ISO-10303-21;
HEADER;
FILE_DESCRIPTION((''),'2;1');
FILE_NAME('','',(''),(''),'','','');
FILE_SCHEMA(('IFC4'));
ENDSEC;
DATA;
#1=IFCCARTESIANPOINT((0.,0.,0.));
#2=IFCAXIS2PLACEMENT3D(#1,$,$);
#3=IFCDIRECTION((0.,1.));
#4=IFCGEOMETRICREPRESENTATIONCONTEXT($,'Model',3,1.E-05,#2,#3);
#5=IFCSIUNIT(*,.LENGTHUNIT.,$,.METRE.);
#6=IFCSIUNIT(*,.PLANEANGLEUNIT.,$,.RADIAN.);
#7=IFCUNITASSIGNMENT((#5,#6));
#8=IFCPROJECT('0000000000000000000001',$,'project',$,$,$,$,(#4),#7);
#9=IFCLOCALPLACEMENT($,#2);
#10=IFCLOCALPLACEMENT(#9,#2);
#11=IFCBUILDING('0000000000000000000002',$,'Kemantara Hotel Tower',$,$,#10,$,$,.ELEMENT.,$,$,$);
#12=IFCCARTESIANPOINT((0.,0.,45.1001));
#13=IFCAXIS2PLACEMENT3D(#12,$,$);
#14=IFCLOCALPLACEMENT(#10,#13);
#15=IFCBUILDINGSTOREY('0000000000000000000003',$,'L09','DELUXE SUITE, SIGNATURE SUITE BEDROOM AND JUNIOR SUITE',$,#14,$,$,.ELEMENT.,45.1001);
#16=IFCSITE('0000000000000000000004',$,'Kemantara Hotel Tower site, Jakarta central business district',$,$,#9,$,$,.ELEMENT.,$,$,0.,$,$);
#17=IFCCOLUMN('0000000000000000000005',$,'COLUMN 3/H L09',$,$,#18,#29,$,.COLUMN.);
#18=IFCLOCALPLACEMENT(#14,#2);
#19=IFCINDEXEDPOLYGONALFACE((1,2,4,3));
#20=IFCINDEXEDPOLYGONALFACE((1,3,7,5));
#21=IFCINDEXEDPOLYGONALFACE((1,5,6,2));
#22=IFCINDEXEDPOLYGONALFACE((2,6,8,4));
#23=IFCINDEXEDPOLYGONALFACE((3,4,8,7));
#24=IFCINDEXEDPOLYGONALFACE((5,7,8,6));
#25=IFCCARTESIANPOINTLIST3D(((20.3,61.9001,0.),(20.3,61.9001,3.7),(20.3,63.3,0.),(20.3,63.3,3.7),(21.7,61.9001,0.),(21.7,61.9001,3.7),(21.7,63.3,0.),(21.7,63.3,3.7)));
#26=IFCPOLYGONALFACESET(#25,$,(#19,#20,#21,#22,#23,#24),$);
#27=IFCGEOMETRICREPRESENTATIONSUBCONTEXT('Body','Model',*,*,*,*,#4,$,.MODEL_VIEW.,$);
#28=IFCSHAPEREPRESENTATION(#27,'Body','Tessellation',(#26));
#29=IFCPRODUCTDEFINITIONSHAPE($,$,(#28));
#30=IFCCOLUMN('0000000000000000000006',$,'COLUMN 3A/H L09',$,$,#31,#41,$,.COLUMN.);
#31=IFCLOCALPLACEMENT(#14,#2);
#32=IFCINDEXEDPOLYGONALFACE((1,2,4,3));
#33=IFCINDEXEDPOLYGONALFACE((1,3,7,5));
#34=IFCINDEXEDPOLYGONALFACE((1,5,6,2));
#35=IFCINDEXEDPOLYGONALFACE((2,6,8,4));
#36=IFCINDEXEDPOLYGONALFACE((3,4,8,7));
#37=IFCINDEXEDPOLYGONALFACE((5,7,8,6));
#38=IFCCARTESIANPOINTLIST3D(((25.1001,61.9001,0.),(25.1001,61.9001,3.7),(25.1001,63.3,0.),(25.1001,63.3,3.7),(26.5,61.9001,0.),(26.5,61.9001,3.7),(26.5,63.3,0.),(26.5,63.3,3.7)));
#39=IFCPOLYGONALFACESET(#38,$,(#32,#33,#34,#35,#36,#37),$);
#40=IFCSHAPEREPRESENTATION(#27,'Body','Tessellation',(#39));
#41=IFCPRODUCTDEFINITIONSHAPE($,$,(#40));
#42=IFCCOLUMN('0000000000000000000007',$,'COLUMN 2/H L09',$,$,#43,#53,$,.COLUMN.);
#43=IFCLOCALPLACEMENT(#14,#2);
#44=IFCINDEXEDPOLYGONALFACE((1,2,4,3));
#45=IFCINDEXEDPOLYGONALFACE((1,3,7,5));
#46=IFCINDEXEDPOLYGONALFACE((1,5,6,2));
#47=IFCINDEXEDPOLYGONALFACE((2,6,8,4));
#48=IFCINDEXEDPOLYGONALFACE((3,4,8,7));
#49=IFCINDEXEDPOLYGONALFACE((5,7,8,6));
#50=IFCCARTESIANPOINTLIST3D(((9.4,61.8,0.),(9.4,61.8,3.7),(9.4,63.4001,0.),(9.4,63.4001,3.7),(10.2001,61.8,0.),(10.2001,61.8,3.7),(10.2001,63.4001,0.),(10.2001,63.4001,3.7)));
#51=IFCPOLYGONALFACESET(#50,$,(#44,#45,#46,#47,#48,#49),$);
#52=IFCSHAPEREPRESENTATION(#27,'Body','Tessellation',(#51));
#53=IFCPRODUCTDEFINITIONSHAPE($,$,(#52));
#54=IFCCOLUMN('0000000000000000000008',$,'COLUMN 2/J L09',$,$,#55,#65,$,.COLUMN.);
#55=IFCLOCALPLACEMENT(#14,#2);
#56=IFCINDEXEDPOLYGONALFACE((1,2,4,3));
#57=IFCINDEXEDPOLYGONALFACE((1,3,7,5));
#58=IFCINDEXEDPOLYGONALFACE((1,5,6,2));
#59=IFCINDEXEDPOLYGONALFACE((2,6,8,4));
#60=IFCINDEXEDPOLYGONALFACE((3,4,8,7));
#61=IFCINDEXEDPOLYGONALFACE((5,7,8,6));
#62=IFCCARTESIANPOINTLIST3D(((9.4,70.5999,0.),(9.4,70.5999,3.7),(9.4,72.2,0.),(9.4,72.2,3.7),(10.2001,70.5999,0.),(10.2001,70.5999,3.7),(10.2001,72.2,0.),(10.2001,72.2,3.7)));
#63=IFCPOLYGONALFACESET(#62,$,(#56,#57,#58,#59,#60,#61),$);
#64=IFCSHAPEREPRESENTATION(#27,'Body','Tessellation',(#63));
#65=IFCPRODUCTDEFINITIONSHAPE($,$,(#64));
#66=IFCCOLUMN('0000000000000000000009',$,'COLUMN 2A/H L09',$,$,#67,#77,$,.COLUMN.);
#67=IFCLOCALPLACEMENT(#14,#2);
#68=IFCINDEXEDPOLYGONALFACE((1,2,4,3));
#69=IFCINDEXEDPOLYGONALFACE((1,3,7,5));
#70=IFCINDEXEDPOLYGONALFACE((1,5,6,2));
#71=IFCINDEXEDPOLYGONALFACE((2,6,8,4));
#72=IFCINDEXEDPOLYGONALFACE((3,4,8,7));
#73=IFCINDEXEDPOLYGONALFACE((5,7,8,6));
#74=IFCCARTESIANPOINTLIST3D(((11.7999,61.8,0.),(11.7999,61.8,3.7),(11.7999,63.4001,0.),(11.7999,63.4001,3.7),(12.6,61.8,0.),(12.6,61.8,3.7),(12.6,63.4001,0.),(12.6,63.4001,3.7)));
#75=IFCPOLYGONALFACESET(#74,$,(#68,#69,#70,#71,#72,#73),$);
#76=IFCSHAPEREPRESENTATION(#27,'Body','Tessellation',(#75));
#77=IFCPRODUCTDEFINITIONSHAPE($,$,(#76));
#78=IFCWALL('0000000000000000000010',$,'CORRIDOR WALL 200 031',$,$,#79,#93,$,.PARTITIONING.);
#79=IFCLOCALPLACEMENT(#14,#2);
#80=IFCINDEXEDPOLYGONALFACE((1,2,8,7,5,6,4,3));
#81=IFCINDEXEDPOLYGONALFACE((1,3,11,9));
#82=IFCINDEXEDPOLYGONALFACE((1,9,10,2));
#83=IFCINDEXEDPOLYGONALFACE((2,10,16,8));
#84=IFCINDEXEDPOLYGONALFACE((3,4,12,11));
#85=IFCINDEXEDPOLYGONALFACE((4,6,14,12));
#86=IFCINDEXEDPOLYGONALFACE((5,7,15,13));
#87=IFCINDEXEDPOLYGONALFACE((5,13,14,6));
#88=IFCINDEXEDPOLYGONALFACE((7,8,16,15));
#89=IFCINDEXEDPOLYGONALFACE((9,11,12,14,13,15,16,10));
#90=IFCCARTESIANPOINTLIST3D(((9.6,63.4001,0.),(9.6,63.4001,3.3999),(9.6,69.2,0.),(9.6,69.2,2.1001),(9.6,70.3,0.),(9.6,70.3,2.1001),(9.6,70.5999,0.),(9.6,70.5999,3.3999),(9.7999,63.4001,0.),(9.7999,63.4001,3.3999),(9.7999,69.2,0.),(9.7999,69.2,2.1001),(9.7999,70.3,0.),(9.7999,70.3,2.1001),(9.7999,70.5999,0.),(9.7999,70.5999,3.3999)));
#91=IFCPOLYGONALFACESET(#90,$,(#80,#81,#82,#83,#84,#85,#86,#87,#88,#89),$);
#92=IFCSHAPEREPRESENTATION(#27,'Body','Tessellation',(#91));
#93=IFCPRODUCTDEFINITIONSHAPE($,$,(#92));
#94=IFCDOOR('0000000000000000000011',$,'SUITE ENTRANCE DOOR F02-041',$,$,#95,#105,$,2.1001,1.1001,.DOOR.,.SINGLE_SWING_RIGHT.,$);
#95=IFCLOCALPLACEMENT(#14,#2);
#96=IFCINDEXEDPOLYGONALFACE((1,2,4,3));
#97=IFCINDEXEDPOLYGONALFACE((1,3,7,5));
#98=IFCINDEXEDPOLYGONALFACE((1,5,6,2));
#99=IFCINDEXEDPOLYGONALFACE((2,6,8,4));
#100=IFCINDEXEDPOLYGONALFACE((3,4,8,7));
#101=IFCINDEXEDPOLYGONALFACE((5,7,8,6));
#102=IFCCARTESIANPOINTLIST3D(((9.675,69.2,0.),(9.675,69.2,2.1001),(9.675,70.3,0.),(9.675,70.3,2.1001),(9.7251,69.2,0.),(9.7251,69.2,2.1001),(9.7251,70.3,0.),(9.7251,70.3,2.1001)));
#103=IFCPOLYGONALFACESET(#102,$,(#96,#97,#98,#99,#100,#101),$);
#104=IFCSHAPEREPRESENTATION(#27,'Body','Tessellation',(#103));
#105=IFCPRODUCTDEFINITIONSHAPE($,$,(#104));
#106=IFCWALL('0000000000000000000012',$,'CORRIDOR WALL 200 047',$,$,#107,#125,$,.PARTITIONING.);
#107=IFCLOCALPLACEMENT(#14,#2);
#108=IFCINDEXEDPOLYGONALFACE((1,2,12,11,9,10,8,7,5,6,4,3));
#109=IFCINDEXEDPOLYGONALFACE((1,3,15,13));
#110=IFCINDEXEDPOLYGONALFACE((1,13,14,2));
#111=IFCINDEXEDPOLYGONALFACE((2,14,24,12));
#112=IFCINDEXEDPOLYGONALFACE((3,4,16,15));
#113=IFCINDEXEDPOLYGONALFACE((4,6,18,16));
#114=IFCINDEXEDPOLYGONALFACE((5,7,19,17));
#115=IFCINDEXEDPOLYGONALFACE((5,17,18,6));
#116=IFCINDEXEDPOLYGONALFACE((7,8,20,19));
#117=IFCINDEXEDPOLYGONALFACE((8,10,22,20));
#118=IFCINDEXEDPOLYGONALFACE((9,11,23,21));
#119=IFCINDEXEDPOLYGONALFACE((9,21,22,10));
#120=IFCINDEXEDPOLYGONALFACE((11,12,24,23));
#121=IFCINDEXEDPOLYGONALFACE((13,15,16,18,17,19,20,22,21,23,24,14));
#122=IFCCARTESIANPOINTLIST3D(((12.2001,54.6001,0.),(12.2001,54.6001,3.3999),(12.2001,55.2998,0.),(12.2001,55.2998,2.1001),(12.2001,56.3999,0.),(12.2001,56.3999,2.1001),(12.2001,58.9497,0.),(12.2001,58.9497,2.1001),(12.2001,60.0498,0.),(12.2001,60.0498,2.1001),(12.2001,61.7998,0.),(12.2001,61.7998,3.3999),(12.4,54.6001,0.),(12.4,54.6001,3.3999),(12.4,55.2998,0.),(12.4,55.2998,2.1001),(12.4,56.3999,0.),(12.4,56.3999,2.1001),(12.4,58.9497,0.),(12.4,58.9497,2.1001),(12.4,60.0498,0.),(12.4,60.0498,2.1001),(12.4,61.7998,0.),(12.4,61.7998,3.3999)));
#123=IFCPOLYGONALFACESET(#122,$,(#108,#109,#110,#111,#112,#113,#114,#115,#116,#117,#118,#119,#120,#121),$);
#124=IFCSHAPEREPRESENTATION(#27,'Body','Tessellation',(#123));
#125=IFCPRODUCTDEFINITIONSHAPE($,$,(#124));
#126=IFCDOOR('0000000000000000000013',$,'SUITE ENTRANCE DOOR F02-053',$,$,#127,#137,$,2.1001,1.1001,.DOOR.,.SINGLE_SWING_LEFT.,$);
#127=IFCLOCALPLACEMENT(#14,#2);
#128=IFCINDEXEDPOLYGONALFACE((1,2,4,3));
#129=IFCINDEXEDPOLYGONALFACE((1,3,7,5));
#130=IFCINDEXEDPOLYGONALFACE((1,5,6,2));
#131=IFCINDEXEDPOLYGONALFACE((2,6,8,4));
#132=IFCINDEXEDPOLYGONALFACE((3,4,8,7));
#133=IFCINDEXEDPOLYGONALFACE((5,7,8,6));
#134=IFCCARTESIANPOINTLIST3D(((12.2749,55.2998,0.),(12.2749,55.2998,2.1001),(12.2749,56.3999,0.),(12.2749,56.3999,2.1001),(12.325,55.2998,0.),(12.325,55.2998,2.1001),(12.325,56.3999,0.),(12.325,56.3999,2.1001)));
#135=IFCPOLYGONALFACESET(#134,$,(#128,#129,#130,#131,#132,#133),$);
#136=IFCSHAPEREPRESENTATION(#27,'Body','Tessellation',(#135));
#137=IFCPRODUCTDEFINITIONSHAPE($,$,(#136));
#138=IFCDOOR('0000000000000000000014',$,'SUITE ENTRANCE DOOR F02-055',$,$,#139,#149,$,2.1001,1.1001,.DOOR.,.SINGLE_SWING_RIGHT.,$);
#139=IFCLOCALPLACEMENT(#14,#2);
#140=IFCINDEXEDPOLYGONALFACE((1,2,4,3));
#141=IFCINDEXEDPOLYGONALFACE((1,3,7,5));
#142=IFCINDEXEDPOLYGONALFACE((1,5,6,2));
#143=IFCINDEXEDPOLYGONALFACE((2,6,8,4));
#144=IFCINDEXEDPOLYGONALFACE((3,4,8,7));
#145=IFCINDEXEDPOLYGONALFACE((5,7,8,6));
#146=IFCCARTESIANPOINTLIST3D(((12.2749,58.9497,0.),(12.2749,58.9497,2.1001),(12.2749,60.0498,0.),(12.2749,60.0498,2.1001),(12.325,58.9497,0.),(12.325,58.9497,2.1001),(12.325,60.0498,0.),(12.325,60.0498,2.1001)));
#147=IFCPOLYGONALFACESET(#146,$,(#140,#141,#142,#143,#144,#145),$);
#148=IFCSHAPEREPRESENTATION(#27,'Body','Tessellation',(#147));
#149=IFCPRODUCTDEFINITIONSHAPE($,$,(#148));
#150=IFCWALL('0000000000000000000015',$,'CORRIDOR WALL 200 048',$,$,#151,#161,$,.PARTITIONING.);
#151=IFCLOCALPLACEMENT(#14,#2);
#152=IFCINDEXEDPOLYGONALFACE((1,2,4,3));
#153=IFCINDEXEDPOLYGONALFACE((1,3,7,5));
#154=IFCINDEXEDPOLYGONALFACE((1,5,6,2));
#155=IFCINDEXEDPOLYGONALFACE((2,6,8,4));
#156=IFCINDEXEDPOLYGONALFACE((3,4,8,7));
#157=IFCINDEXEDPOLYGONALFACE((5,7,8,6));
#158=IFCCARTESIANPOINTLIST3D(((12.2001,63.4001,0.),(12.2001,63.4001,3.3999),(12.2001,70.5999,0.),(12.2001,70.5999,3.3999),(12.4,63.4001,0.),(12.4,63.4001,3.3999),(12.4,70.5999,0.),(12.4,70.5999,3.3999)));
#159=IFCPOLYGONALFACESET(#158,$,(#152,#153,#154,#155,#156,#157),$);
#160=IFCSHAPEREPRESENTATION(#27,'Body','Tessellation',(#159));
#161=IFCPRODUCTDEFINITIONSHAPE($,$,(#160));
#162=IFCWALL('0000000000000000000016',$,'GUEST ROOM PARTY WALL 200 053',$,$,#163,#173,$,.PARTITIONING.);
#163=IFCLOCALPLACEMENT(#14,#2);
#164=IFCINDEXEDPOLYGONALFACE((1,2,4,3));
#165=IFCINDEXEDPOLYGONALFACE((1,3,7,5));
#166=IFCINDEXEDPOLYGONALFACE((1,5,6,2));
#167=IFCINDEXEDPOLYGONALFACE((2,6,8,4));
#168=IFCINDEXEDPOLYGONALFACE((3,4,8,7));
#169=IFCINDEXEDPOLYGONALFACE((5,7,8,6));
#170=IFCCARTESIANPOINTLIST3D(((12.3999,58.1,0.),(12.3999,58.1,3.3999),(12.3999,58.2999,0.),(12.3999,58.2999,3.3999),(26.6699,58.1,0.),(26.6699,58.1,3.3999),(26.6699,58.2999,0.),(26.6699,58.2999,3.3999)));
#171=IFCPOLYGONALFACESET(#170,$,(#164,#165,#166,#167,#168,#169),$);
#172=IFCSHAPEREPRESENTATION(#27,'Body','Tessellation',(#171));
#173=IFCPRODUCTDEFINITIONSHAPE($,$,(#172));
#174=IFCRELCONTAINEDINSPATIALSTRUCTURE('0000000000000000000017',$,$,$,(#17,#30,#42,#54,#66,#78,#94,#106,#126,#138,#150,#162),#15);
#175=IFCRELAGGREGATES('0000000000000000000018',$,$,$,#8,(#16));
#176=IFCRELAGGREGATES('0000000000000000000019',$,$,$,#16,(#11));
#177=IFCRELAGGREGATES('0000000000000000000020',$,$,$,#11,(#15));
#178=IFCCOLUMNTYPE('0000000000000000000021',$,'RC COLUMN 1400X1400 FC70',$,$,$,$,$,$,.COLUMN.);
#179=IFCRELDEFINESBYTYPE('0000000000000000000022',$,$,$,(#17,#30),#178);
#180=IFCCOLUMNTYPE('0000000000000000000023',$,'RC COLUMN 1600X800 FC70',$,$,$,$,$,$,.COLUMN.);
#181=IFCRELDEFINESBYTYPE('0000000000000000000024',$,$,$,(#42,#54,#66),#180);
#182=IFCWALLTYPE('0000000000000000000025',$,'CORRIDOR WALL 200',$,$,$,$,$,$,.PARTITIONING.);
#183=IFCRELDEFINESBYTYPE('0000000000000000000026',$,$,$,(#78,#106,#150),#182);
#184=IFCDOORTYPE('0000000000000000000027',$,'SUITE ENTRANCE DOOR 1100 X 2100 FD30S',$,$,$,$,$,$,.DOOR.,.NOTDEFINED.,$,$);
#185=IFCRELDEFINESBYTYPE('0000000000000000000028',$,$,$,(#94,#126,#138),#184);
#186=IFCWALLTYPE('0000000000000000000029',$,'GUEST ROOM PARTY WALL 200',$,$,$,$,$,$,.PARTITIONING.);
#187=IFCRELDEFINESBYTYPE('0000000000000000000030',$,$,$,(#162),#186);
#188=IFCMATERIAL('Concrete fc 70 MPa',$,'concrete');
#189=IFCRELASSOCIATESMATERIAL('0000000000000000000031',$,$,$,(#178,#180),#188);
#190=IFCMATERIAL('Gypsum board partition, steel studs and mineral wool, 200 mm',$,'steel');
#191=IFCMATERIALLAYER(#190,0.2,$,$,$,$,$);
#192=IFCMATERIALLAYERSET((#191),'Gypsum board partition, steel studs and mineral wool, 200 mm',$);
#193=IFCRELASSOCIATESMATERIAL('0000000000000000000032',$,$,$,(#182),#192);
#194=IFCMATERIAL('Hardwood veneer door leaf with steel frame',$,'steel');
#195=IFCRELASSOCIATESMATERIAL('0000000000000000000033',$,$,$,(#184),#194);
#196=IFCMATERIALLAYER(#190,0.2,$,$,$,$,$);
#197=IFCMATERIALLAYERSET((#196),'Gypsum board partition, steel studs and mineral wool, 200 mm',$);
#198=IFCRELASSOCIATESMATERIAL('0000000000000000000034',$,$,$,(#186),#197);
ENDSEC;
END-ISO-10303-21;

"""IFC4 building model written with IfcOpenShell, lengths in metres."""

from ifc_helpers import new_model, si_unit, direction, frame, frame_2d, origin, origin_2d, place, context, subcontext, project, spatial, rectangle, extrude, material, layer, layer_set, material_profile, profile_set, type_object, element, fill, save


model = new_model("IFC4")

# Units and contexts
model_context = context("Model", 3, precision=1e-05, world=origin(), true_north=direction((0.0, 1.0)))
body_context = subcontext(model_context, "Body", "Model", "MODEL_VIEW")
ifc_project = project(units=[si_unit("LENGTHUNIT", "METRE"), si_unit("PLANEANGLEUNIT", "RADIAN")], contexts=[model_context])

# Site, building, storey
site_placement = place(None, origin())
site = spatial("IfcSite", under=ifc_project, at=site_placement, Name="Kemantara Hotel Tower site, Jakarta central business district", CompositionType="ELEMENT", RefElevation=0.0)
building_placement = place(site_placement, origin())
building = spatial("IfcBuilding", under=site, at=building_placement, Name="Kemantara Hotel Tower", CompositionType="ELEMENT")
storey_placement = place(building_placement, frame((0.0, 0.0, 45.1001)))
storey = spatial("IfcBuildingStorey", under=building, at=storey_placement, Name="L09", Description="DELUXE SUITE, SIGNATURE SUITE BEDROOM AND JUNIOR SUITE", CompositionType="ELEMENT", Elevation=45.1001)

# Columns
ifc_material_1 = material(Name="Concrete fc 70 MPa", Category="concrete")
ifc_material_profile_1 = material_profile(ifc_material_1, rectangle(XDim=1.3999, YDim=1.3999, at=origin_2d()), Name="RC 1400X1400")
ifc_profile_set_1 = profile_set([ifc_material_profile_1], Name="Concrete fc 70 MPa")
column_type_1 = type_object("IfcColumnType", Name="RC COLUMN 1400X1400 FC70", PredefinedType="COLUMN", material=ifc_profile_set_1)
for number, where, z_axis, x_axis, name in (
    (1, (21.0, 62.6001, 0.0), (0.0, 0.0, 1.0), (1.0, 0.0, 0.0), "COLUMN 3/H L09"),
    (2, (25.8, 62.6001, 0.0), (0.0, 0.0, 1.0), (1.0, 0.0, 0.0), "COLUMN 3A/H L09"),
):
    element("IfcColumn", number, at=place(storey_placement, frame(where, z_axis=z_axis, x_axis=x_axis)), inside=storey, type_object=column_type_1, Name=name, PredefinedType="COLUMN", context=body_context, shape_type="SweptSolid", body=[
        extrude(rectangle(XDim=1.3999, YDim=1.3999, at=origin_2d()), origin(), (0.0, 0.0, 1.0), 3.7),
    ])
ifc_material_profile_2 = material_profile(ifc_material_1, rectangle(XDim=1.6001, YDim=0.8, at=origin_2d()), Name="RC 1600X800")
ifc_profile_set_2 = profile_set([ifc_material_profile_2], Name="Concrete fc 70 MPa")
column_type_2 = type_object("IfcColumnType", Name="RC COLUMN 1600X800 FC70", PredefinedType="COLUMN", material=ifc_profile_set_2)
for number, where, z_axis, x_axis, name in (
    (3, (9.8, 62.6001, 0.0), (0.0, 0.0, 1.0), (0.0, 1.0, 0.0), "COLUMN 2/H L09"),
    (4, (9.8, 71.3999, 0.0), (0.0, 0.0, 1.0), (0.0, 1.0, 0.0), "COLUMN 2/J L09"),
    (5, (12.2, 62.6001, 0.0), (0.0, 0.0, 1.0), (0.0, 1.0, 0.0), "COLUMN 2A/H L09"),
):
    element("IfcColumn", number, at=place(storey_placement, frame(where, z_axis=z_axis, x_axis=x_axis)), inside=storey, type_object=column_type_2, Name=name, PredefinedType="COLUMN", context=body_context, shape_type="SweptSolid", body=[
        extrude(rectangle(XDim=1.6001, YDim=0.8, at=origin_2d()), origin(), (0.0, 0.0, 1.0), 3.7),
    ])

# Wall, opening, door
ifc_material_2 = material(Name="Gypsum board partition, steel studs and mineral wool, 200 mm", Category="steel")
ifc_layer_1 = layer(ifc_material_2, 0.2)
ifc_layer_set_1 = layer_set([ifc_layer_1], Name="Gypsum board partition, steel studs and mineral wool, 200 mm")
wall_type_1 = type_object("IfcWallType", Name="CORRIDOR WALL 200", PredefinedType="PARTITIONING", material=ifc_layer_set_1)
wall_1_placement = place(storey_placement, frame((9.7, 63.4001, 0.0), z_axis=(0.0, 0.0, 1.0), x_axis=(0.0, 1.0, 0.0)))
wall_1 = element("IfcWall", 6, at=wall_1_placement, inside=storey, type_object=wall_type_1, Name="CORRIDOR WALL 200 031", PredefinedType="PARTITIONING", context=body_context, shape_type="SweptSolid", body=[
    extrude(rectangle(XDim=7.1997, YDim=0.2, at=frame_2d((3.5999, 0.0))), origin(), (0.0, 0.0, 1.0), 3.3999),
])
opening_1_placement = place(wall_1_placement, frame((5.7998, 0.0, 0.0)))
opening_1 = element("IfcOpeningElement", 7, at=opening_1_placement, cuts=wall_1, PredefinedType="OPENING", context=body_context, shape_type="SweptSolid", body=[
    extrude(rectangle(XDim=1.1001, YDim=2.1001, at=frame_2d((0.55, 1.05))), frame((0.0, 0.1099, 0.0), z_axis=(0.0, -1.0, 0.0), x_axis=(1.0, 0.0, 0.0)), (0.0, 0.0, 1.0), 0.22),
])
ifc_material_3 = material(Name="Hardwood veneer door leaf with steel frame", Category="steel")
door_type_1 = type_object("IfcDoorType", Name="SUITE ENTRANCE DOOR 1100 X 2100 FD30S", OperationType="NOTDEFINED", PredefinedType="DOOR", material=ifc_material_3)
door_1_placement = place(opening_1_placement, origin())
door_1 = element("IfcDoor", 8, at=door_1_placement, inside=storey, type_object=door_type_1, Name="SUITE ENTRANCE DOOR F02-041", OperationType="SINGLE_SWING_RIGHT", OverallHeight=2.1001, OverallWidth=1.1001, PredefinedType="DOOR", context=body_context, shape_type="SweptSolid", body=[
    extrude(rectangle(XDim=1.1001, YDim=2.1001, at=frame_2d((0.55, 1.05))), frame((0.0, 0.0249, 0.0), z_axis=(0.0, -1.0, 0.0), x_axis=(1.0, 0.0, 0.0)), (0.0, 0.0, 1.0), 0.05),
])
fill(opening_1, door_1)

# Wall, openings, doors
wall_2_placement = place(storey_placement, frame((12.3, 61.7998, 0.0), z_axis=(0.0, 0.0, 1.0), x_axis=(0.0, -1.0, 0.0)))
wall_2 = element("IfcWall", 9, at=wall_2_placement, inside=storey, type_object=wall_type_1, Name="CORRIDOR WALL 200 047", PredefinedType="PARTITIONING", context=body_context, shape_type="SweptSolid", body=[
    extrude(rectangle(XDim=7.1997, YDim=0.2, at=frame_2d((3.5999, 0.0))), origin(), (0.0, 0.0, 1.0), 3.3999),
])
opening_2_placement = place(wall_2_placement, frame((5.3999, 0.0, 0.0)))
opening_2 = element("IfcOpeningElement", 10, at=opening_2_placement, cuts=wall_2, PredefinedType="OPENING", context=body_context, shape_type="SweptSolid", body=[
    extrude(rectangle(XDim=1.1001, YDim=2.1001, at=frame_2d((0.55, 1.05))), frame((0.0, 0.1099, 0.0), z_axis=(0.0, -1.0, 0.0), x_axis=(1.0, 0.0, 0.0)), (0.0, 0.0, 1.0), 0.22),
])
opening_3_placement = place(wall_2_placement, frame((1.75, 0.0, 0.0)))
opening_3 = element("IfcOpeningElement", 11, at=opening_3_placement, cuts=wall_2, PredefinedType="OPENING", context=body_context, shape_type="SweptSolid", body=[
    extrude(rectangle(XDim=1.1001, YDim=2.1001, at=frame_2d((0.55, 1.05))), frame((0.0, 0.1099, 0.0), z_axis=(0.0, -1.0, 0.0), x_axis=(1.0, 0.0, 0.0)), (0.0, 0.0, 1.0), 0.22),
])
door_2_placement = place(opening_2_placement, origin())
door_2 = element("IfcDoor", 12, at=door_2_placement, inside=storey, type_object=door_type_1, Name="SUITE ENTRANCE DOOR F02-053", OperationType="SINGLE_SWING_LEFT", OverallHeight=2.1001, OverallWidth=1.1001, PredefinedType="DOOR", context=body_context, shape_type="SweptSolid", body=[
    extrude(rectangle(XDim=1.1001, YDim=2.1001, at=frame_2d((0.55, 1.05))), frame((0.0, 0.0249, 0.0), z_axis=(0.0, -1.0, 0.0), x_axis=(1.0, 0.0, 0.0)), (0.0, 0.0, 1.0), 0.05),
])
fill(opening_2, door_2)
door_3_placement = place(opening_3_placement, origin())
door_3 = element("IfcDoor", 13, at=door_3_placement, inside=storey, type_object=door_type_1, Name="SUITE ENTRANCE DOOR F02-055", OperationType="SINGLE_SWING_RIGHT", OverallHeight=2.1001, OverallWidth=1.1001, PredefinedType="DOOR", context=body_context, shape_type="SweptSolid", body=[
    extrude(rectangle(XDim=1.1001, YDim=2.1001, at=frame_2d((0.55, 1.05))), frame((0.0, 0.0249, 0.0), z_axis=(0.0, -1.0, 0.0), x_axis=(1.0, 0.0, 0.0)), (0.0, 0.0, 1.0), 0.05),
])
fill(opening_3, door_3)

# Walls
wall_3_placement = place(storey_placement, frame((12.3, 63.4001, 0.0), z_axis=(0.0, 0.0, 1.0), x_axis=(0.0, 1.0, 0.0)))
element("IfcWall", 14, at=wall_3_placement, inside=storey, type_object=wall_type_1, Name="CORRIDOR WALL 200 048", PredefinedType="PARTITIONING", context=body_context, shape_type="SweptSolid", body=[
    extrude(rectangle(XDim=7.1997, YDim=0.2, at=frame_2d((3.5999, 0.0))), origin(), (0.0, 0.0, 1.0), 3.3999),
])
ifc_layer_2 = layer(ifc_material_2, 0.2)
ifc_layer_set_2 = layer_set([ifc_layer_2], Name="Gypsum board partition, steel studs and mineral wool, 200 mm")
wall_type_2 = type_object("IfcWallType", Name="GUEST ROOM PARTY WALL 200", PredefinedType="PARTITIONING", material=ifc_layer_set_2)
wall_4_placement = place(storey_placement, frame((12.3999, 58.2, 0.0), z_axis=(0.0, 0.0, 1.0), x_axis=(1.0, 0.0, 0.0)))
element("IfcWall", 15, at=wall_4_placement, inside=storey, type_object=wall_type_2, Name="GUEST ROOM PARTY WALL 200 053", PredefinedType="PARTITIONING", context=body_context, shape_type="SweptSolid", body=[
    extrude(rectangle(XDim=14.27, YDim=0.2, at=frame_2d((7.135, 0.0))), origin(), (0.0, 0.0, 1.0), 3.3999),
])

save(model, "model.ifc")
